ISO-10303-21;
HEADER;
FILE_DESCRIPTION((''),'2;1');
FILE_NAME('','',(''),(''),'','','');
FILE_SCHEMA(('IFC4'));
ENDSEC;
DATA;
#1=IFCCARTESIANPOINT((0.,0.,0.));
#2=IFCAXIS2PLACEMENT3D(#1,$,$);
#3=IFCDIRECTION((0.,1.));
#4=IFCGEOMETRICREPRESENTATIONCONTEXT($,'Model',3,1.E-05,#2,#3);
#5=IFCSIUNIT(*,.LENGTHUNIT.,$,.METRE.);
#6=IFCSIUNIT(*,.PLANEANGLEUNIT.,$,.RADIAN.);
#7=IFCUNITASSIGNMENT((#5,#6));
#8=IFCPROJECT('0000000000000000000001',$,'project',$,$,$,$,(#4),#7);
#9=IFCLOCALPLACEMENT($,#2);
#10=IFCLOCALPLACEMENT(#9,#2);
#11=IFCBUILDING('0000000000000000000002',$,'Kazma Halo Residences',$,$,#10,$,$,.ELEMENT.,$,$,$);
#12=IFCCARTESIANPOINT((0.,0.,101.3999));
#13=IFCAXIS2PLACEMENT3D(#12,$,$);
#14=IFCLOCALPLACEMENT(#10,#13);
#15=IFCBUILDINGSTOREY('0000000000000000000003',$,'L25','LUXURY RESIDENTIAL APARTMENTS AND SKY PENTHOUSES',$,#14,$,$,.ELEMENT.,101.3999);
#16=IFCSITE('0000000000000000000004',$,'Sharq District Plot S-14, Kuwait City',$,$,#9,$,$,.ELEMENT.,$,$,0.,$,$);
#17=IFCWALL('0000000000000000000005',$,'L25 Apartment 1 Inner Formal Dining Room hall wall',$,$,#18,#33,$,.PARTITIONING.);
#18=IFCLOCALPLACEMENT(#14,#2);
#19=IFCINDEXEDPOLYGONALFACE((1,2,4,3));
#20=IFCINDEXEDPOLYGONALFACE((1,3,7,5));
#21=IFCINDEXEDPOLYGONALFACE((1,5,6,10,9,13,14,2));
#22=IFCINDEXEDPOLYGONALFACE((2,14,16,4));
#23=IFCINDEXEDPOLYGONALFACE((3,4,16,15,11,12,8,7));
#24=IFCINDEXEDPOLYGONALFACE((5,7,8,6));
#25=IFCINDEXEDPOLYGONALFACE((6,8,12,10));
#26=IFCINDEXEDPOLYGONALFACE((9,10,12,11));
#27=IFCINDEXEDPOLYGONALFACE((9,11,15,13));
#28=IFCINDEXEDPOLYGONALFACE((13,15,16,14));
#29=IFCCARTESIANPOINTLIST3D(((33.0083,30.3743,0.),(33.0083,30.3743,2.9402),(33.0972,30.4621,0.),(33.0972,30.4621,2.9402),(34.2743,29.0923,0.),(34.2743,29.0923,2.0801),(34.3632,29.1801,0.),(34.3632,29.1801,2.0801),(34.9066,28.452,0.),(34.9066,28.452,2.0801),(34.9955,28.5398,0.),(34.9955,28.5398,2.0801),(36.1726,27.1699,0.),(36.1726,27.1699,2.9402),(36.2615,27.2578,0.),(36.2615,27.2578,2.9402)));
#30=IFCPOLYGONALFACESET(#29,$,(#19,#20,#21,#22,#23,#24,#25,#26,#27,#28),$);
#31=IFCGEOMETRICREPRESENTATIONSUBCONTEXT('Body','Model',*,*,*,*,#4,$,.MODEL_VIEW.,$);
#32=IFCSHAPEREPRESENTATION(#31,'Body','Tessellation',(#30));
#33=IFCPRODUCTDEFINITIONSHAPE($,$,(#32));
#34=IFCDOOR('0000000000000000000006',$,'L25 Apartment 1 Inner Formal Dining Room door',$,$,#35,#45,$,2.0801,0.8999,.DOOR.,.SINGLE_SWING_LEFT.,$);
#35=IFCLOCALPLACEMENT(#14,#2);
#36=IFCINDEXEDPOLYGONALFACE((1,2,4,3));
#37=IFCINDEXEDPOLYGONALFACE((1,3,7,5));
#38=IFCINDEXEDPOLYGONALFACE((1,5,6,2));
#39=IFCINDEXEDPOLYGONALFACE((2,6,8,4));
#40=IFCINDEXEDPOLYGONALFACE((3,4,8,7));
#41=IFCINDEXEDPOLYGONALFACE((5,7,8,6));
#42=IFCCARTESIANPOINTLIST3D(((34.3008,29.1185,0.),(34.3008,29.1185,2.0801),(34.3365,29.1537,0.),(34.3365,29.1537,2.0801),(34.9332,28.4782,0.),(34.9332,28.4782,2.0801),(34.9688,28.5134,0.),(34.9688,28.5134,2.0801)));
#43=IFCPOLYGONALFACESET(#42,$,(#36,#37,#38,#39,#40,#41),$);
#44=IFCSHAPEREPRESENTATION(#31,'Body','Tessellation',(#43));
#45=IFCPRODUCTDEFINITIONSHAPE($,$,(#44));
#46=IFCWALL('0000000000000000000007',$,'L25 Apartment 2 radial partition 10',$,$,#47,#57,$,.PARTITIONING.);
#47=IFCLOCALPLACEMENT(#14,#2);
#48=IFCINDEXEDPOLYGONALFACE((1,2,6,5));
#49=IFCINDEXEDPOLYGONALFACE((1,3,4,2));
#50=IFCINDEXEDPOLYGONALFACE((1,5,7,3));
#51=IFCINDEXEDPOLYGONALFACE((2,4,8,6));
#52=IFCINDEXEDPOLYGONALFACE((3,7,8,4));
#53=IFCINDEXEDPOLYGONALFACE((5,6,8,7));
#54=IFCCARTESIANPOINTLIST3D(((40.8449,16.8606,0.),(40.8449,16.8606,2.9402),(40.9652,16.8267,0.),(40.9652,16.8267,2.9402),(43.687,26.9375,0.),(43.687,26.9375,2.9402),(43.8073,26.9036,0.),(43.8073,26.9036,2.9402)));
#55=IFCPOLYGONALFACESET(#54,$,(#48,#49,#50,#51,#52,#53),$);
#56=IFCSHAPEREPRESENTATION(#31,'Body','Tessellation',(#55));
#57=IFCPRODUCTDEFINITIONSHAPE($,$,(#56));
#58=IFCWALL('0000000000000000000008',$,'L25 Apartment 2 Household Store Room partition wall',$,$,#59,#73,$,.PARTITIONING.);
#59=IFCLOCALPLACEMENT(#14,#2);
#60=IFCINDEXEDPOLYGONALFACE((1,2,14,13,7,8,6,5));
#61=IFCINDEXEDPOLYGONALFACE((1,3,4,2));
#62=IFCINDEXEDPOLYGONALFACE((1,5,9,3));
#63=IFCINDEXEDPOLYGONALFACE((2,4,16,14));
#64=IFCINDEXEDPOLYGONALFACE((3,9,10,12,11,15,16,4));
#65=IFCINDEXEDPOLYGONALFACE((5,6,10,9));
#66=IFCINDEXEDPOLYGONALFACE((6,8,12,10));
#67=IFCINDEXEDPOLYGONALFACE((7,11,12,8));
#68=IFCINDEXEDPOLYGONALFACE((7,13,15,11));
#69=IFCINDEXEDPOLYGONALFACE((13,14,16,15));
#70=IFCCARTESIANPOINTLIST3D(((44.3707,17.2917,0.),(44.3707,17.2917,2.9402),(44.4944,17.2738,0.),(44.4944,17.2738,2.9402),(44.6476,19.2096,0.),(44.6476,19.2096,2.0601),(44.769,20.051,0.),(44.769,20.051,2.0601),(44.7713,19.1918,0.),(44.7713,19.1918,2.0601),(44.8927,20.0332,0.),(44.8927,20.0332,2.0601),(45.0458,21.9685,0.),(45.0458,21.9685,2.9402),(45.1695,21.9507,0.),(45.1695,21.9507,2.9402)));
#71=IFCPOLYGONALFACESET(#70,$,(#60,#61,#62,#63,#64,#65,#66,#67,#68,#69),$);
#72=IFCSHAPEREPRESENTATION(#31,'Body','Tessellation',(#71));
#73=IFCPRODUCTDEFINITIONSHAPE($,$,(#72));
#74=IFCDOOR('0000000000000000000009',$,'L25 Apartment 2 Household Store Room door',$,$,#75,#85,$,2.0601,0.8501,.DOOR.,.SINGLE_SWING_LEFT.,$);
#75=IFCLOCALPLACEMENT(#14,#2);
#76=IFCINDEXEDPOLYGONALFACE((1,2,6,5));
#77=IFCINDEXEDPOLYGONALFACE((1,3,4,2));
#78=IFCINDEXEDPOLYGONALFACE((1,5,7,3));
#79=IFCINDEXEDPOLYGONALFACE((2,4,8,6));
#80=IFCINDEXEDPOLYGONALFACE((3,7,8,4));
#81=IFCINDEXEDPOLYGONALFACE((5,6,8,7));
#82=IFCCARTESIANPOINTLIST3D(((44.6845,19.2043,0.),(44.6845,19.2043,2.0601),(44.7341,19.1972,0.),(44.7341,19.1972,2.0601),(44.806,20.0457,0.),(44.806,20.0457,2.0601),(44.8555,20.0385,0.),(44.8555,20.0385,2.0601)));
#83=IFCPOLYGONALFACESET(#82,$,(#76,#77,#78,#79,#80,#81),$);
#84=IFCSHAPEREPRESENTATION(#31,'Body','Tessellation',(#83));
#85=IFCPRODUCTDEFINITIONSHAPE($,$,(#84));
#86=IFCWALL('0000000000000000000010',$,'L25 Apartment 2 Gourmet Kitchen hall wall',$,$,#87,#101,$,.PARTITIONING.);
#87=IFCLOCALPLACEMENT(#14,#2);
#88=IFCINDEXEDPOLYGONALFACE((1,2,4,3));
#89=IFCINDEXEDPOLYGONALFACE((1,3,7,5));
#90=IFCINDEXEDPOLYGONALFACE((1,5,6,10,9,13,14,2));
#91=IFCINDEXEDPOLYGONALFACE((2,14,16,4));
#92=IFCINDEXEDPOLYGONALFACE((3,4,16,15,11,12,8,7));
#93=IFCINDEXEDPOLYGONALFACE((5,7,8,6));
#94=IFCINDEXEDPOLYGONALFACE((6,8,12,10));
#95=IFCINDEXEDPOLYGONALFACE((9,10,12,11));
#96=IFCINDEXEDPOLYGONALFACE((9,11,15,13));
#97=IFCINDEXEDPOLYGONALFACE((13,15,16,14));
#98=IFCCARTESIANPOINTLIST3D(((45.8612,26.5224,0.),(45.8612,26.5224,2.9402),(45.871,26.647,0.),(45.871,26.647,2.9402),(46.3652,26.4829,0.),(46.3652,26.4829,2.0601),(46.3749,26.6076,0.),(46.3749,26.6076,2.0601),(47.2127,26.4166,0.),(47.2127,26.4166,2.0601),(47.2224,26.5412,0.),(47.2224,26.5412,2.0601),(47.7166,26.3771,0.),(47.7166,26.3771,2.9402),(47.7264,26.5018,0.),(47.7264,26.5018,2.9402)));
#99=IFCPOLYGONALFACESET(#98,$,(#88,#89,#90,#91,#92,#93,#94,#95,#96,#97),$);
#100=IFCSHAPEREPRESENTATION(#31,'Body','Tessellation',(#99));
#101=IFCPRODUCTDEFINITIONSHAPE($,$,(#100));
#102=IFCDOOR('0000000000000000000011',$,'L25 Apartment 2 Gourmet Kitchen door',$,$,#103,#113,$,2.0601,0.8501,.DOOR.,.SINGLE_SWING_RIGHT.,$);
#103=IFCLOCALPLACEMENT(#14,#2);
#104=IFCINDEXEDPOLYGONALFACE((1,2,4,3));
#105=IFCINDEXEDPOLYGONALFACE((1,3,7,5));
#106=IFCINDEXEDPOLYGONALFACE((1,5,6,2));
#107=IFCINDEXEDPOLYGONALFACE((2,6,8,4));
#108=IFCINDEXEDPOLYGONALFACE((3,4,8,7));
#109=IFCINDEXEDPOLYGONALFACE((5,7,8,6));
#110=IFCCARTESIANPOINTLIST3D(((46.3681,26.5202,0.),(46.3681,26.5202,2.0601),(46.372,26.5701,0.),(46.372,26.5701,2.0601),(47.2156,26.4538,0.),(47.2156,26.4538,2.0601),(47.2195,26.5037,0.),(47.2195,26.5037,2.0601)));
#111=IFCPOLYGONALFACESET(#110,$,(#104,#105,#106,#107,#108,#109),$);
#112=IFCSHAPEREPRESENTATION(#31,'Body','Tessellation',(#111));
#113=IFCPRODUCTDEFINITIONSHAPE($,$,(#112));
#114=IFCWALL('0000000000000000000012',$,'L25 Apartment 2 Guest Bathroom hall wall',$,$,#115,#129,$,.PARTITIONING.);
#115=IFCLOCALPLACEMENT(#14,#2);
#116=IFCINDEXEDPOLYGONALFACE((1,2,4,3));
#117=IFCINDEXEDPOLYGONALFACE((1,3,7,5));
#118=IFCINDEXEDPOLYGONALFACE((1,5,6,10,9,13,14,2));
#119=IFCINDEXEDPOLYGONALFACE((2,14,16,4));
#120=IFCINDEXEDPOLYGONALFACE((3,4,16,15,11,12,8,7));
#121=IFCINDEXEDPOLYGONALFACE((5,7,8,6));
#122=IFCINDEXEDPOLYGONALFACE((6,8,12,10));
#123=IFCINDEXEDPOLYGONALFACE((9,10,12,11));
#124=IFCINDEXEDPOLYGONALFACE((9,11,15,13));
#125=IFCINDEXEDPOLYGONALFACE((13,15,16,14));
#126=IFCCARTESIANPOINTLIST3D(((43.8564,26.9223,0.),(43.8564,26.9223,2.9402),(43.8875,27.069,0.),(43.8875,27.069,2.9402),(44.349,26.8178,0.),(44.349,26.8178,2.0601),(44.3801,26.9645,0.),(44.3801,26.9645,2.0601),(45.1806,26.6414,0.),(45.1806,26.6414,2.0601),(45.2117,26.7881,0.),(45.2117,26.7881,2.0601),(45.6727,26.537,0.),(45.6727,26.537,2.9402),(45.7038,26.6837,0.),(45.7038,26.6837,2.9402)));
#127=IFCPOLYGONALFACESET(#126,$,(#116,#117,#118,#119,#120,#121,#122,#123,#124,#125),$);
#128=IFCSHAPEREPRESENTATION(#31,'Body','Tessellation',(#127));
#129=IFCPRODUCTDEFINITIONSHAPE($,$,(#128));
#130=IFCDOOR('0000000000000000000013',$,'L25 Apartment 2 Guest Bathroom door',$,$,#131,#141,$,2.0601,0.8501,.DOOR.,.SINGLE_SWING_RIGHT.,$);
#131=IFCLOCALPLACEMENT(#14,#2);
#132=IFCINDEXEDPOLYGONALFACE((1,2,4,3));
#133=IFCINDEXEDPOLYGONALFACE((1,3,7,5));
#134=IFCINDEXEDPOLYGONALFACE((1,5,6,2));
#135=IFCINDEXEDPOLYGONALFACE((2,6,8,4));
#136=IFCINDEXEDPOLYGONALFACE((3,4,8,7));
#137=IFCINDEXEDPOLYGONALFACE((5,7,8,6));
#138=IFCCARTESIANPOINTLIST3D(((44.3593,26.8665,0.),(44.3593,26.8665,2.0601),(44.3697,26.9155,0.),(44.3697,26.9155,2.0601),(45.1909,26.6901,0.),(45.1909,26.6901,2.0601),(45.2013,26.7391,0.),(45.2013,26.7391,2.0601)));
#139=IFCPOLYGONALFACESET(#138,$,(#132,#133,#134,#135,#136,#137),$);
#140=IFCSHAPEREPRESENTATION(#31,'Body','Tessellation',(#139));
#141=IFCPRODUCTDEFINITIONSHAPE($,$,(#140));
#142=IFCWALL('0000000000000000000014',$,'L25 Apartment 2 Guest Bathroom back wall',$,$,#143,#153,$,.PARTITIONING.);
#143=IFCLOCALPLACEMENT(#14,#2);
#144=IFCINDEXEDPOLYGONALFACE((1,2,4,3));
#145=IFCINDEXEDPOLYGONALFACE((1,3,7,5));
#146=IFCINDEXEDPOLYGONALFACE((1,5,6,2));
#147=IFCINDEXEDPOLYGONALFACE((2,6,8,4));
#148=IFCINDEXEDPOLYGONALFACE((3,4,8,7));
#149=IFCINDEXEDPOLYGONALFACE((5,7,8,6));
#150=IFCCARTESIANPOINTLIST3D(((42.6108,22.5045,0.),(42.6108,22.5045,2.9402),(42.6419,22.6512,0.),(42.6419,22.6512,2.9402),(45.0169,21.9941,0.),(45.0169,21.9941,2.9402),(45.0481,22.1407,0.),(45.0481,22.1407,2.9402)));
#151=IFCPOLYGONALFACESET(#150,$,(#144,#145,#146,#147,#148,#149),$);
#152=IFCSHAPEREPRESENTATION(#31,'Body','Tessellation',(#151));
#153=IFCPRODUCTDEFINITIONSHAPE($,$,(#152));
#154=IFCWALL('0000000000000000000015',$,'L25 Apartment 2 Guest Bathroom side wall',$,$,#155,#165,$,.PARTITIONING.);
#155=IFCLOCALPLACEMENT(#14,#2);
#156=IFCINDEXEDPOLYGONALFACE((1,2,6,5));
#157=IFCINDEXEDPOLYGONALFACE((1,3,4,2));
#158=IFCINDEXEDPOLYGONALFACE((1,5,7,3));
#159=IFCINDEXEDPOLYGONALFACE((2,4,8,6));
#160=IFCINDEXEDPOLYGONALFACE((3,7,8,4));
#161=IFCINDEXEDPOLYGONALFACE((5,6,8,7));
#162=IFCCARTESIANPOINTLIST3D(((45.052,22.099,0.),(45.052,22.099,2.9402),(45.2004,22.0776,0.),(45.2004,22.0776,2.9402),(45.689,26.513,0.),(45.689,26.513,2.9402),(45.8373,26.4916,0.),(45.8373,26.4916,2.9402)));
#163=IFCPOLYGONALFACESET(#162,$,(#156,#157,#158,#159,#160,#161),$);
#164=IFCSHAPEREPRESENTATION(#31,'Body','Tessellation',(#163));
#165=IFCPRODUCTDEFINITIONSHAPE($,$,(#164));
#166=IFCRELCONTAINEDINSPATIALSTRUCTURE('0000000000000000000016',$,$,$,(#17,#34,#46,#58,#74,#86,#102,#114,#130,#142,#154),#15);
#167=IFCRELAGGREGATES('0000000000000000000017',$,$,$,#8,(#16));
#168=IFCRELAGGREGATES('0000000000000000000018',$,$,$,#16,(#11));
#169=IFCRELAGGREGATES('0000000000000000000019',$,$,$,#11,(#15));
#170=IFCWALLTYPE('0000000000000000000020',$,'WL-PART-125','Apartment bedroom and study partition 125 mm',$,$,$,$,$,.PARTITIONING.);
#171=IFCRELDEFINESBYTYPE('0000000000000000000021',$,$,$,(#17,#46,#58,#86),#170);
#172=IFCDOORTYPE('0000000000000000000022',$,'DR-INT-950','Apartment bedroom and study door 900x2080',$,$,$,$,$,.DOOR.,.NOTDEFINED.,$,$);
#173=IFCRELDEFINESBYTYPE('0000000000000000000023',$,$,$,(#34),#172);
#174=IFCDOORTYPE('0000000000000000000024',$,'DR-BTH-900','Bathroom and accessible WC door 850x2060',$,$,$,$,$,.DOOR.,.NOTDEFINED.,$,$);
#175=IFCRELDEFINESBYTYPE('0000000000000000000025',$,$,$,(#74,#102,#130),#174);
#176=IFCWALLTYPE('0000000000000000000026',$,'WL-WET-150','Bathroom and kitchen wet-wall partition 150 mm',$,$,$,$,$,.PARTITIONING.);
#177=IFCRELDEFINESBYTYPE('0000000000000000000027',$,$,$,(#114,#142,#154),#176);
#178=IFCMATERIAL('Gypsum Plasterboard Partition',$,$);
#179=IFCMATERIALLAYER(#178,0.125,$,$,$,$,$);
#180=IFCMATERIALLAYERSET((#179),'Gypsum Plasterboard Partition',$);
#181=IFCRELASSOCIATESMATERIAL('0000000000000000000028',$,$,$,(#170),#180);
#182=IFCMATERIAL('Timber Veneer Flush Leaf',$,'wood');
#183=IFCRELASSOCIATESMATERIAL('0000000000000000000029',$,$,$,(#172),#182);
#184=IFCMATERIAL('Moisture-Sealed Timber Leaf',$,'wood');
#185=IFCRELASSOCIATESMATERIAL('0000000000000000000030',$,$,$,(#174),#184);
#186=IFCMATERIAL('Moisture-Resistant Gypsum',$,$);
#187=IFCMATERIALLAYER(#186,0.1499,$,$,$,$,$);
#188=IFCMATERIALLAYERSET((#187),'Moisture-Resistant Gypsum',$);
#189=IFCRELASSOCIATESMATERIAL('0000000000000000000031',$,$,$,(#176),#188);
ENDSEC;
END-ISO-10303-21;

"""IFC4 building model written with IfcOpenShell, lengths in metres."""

from ifc_helpers import new_model, si_unit, direction, frame, frame_2d, origin, place, context, subcontext, project, spatial, rectangle, extrude, material, layer, layer_set, type_object, element, fill, save


model = new_model("IFC4")

# Units and contexts
model_context = context("Model", 3, precision=1e-05, world=origin(), true_north=direction((0.0, 1.0)))
body_context = subcontext(model_context, "Body", "Model", "MODEL_VIEW")
ifc_project = project(units=[si_unit("LENGTHUNIT", "METRE"), si_unit("PLANEANGLEUNIT", "RADIAN")], contexts=[model_context])

# Site, building, storey
site_placement = place(None, origin())
site = spatial("IfcSite", under=ifc_project, at=site_placement, Name="Sharq District Plot S-14, Kuwait City", CompositionType="ELEMENT", RefElevation=0.0)
building_placement = place(site_placement, origin())
building = spatial("IfcBuilding", under=site, at=building_placement, Name="Kazma Halo Residences", CompositionType="ELEMENT")
storey_placement = place(building_placement, frame((0.0, 0.0, 101.3999)))
storey = spatial("IfcBuildingStorey", under=building, at=storey_placement, Name="L25", Description="LUXURY RESIDENTIAL APARTMENTS AND SKY PENTHOUSES", CompositionType="ELEMENT", Elevation=101.3999)

# Shared definitions
ifc_material_1 = material(Name="Gypsum Plasterboard Partition")
ifc_layer_1 = layer(ifc_material_1, 0.125)
ifc_layer_set_1 = layer_set([ifc_layer_1], Name="Gypsum Plasterboard Partition")
wall_type_1 = type_object("IfcWallType", Name="WL-PART-125", Description="Apartment bedroom and study partition 125 mm", PredefinedType="PARTITIONING", material=ifc_layer_set_1)

# Wall, opening, door
wall_1_placement = place(storey_placement, frame((33.0527, 30.4182, 0.0), z_axis=(0.0, 0.0, 1.0), x_axis=(0.702647, -0.711538, 0.0)))
wall_1 = element("IfcWall", 1, at=wall_1_placement, inside=storey, type_object=wall_type_1, Name="L25 Apartment 1 Inner Formal Dining Room hall wall", PredefinedType="PARTITIONING", context=body_context, shape_type="SweptSolid", body=[
    extrude(rectangle(XDim=4.5034, YDim=0.125, at=frame_2d((2.2517, 0.0))), origin(), (0.0, 0.0, 1.0), 2.9402),
])
opening_1_placement = place(wall_1_placement, frame((1.8018, 0.0, 0.0)))
opening_1 = element("IfcOpeningElement", 2, at=opening_1_placement, cuts=wall_1, PredefinedType="OPENING", context=body_context, shape_type="SweptSolid", body=[
    extrude(rectangle(XDim=0.8999, YDim=2.0801, at=frame_2d((0.45, 1.04))), frame((0.0, 0.0725, 0.0), z_axis=(0.0, -1.0, 0.0), x_axis=(1.0, 0.0, 0.0)), (0.0, 0.0, 1.0), 0.145),
])
ifc_material_2 = material(Name="Timber Veneer Flush Leaf", Category="wood")
door_type_1 = type_object("IfcDoorType", Name="DR-INT-950", Description="Apartment bedroom and study door 900x2080", OperationType="NOTDEFINED", PredefinedType="DOOR", material=ifc_material_2)
door_1_placement = place(opening_1_placement, origin())
door_1 = element("IfcDoor", 3, at=door_1_placement, inside=storey, type_object=door_type_1, Name="L25 Apartment 1 Inner Formal Dining Room door", OperationType="SINGLE_SWING_LEFT", OverallHeight=2.0801, OverallWidth=0.8999, PredefinedType="DOOR", context=body_context, shape_type="SweptSolid", body=[
    extrude(rectangle(XDim=0.8999, YDim=2.0801, at=frame_2d((0.45, 1.04))), frame((0.0, 0.0249, 0.0), z_axis=(0.0, -1.0, 0.0), x_axis=(1.0, 0.0, 0.0)), (0.0, 0.0, 1.0), 0.05),
])
fill(opening_1, door_1)

# Wall
wall_2_placement = place(storey_placement, frame((43.7471, 26.9204, 0.0), z_axis=(0.0, 0.0, 1.0), x_axis=(-0.271446, -0.962454, 0.0)))
element("IfcWall", 4, at=wall_2_placement, inside=storey, type_object=wall_type_1, Name="L25 Apartment 2 radial partition 10", PredefinedType="PARTITIONING", context=body_context, shape_type="SweptSolid", body=[
    extrude(rectangle(XDim=10.47, YDim=0.125, at=frame_2d((5.2349, 0.0))), origin(), (0.0, 0.0, 1.0), 2.9402),
])

# Walls, openings, doors
wall_3_placement = place(storey_placement, frame((45.1077, 21.9597, 0.0), z_axis=(0.0, 0.0, 1.0), x_axis=(-0.142861, -0.989743, 0.0)))
wall_3 = element("IfcWall", 5, at=wall_3_placement, inside=storey, type_object=wall_type_1, Name="L25 Apartment 2 Household Store Room partition wall", PredefinedType="PARTITIONING", context=body_context, shape_type="SweptSolid", body=[
    extrude(rectangle(XDim=4.7253, YDim=0.125, at=frame_2d((2.3628, 0.0))), origin(), (0.0, 0.0, 1.0), 2.9402),
])
opening_2_placement = place(wall_3_placement, frame((1.9375, 0.0, 0.0)))
opening_2 = element("IfcOpeningElement", 6, at=opening_2_placement, cuts=wall_3, PredefinedType="OPENING", context=body_context, shape_type="SweptSolid", body=[
    extrude(rectangle(XDim=0.8501, YDim=2.0601, at=frame_2d((0.425, 1.03))), frame((0.0, 0.0725, 0.0), z_axis=(0.0, -1.0, 0.0), x_axis=(1.0, 0.0, 0.0)), (0.0, 0.0, 1.0), 0.145),
])
ifc_material_3 = material(Name="Moisture-Sealed Timber Leaf", Category="wood")
door_type_2 = type_object("IfcDoorType", Name="DR-BTH-900", Description="Bathroom and accessible WC door 850x2060", OperationType="NOTDEFINED", PredefinedType="DOOR", material=ifc_material_3)
door_2_placement = place(opening_2_placement, origin())
door_2 = element("IfcDoor", 7, at=door_2_placement, inside=storey, type_object=door_type_2, Name="L25 Apartment 2 Household Store Room door", OperationType="SINGLE_SWING_LEFT", OverallHeight=2.0601, OverallWidth=0.8501, PredefinedType="DOOR", context=body_context, shape_type="SweptSolid", body=[
    extrude(rectangle(XDim=0.8501, YDim=2.0601, at=frame_2d((0.425, 1.03))), frame((0.0, 0.0249, 0.0), z_axis=(0.0, -1.0, 0.0), x_axis=(1.0, 0.0, 0.0)), (0.0, 0.0, 1.0), 0.05),
])
fill(opening_2, door_2)
wall_4_placement = place(storey_placement, frame((45.866, 26.5847, 0.0), z_axis=(0.0, 0.0, 1.0), x_axis=(0.996949, -0.078051, 0.0)))
wall_4 = element("IfcWall", 8, at=wall_4_placement, inside=storey, type_object=wall_type_1, Name="L25 Apartment 2 Gourmet Kitchen hall wall", PredefinedType="PARTITIONING", context=body_context, shape_type="SweptSolid", body=[
    extrude(rectangle(XDim=1.8611, YDim=0.125, at=frame_2d((0.9307, 0.0))), origin(), (0.0, 0.0, 1.0), 2.9402),
])
opening_3_placement = place(wall_4_placement, frame((0.5056, 0.0, 0.0)))
opening_3 = element("IfcOpeningElement", 9, at=opening_3_placement, cuts=wall_4, PredefinedType="OPENING", context=body_context, shape_type="SweptSolid", body=[
    extrude(rectangle(XDim=0.8501, YDim=2.0601, at=frame_2d((0.425, 1.03))), frame((0.0, 0.0725, 0.0), z_axis=(0.0, -1.0, 0.0), x_axis=(1.0, 0.0, 0.0)), (0.0, 0.0, 1.0), 0.145),
])
door_3_placement = place(opening_3_placement, origin())
door_3 = element("IfcDoor", 10, at=door_3_placement, inside=storey, type_object=door_type_2, Name="L25 Apartment 2 Gourmet Kitchen door", OperationType="SINGLE_SWING_RIGHT", OverallHeight=2.0601, OverallWidth=0.8501, PredefinedType="DOOR", context=body_context, shape_type="SweptSolid", body=[
    extrude(rectangle(XDim=0.8501, YDim=2.0601, at=frame_2d((0.425, 1.03))), frame((0.0, 0.0249, 0.0), z_axis=(0.0, -1.0, 0.0), x_axis=(1.0, 0.0, 0.0)), (0.0, 0.0, 1.0), 0.05),
])
fill(opening_3, door_3)
ifc_material_4 = material(Name="Moisture-Resistant Gypsum")
ifc_layer_2 = layer(ifc_material_4, 0.1499)
ifc_layer_set_2 = layer_set([ifc_layer_2], Name="Moisture-Resistant Gypsum")
wall_type_2 = type_object("IfcWallType", Name="WL-WET-150", Description="Bathroom and kitchen wet-wall partition 150 mm", PredefinedType="PARTITIONING", material=ifc_layer_set_2)
wall_5_placement = place(storey_placement, frame((43.8721, 26.9956, 0.0), z_axis=(0.0, 0.0, 1.0), x_axis=(0.978233, -0.207508, 0.0)))
wall_5 = element("IfcWall", 11, at=wall_5_placement, inside=storey, type_object=wall_type_2, Name="L25 Apartment 2 Guest Bathroom hall wall", PredefinedType="PARTITIONING", context=body_context, shape_type="SweptSolid", body=[
    extrude(rectangle(XDim=1.8567, YDim=0.1499, at=frame_2d((0.9282, 0.0))), origin(), (0.0, 0.0, 1.0), 2.9402),
])
opening_4_placement = place(wall_5_placement, frame((0.5034, 0.0, 0.0)))
opening_4 = element("IfcOpeningElement", 12, at=opening_4_placement, cuts=wall_5, PredefinedType="OPENING", context=body_context, shape_type="SweptSolid", body=[
    extrude(rectangle(XDim=0.8501, YDim=2.0601, at=frame_2d((0.425, 1.03))), frame((0.0, 0.085, 0.0), z_axis=(0.0, -1.0, 0.0), x_axis=(1.0, 0.0, 0.0)), (0.0, 0.0, 1.0), 0.1699),
])
door_4_placement = place(opening_4_placement, origin())
door_4 = element("IfcDoor", 13, at=door_4_placement, inside=storey, type_object=door_type_2, Name="L25 Apartment 2 Guest Bathroom door", OperationType="SINGLE_SWING_RIGHT", OverallHeight=2.0601, OverallWidth=0.8501, PredefinedType="DOOR", context=body_context, shape_type="SweptSolid", body=[
    extrude(rectangle(XDim=0.8501, YDim=2.0601, at=frame_2d((0.425, 1.03))), frame((0.0, 0.0249, 0.0), z_axis=(0.0, -1.0, 0.0), x_axis=(1.0, 0.0, 0.0)), (0.0, 0.0, 1.0), 0.05),
])
fill(opening_4, door_4)

# Walls
wall_6_placement = place(storey_placement, frame((42.6262, 22.5779, 0.0), z_axis=(0.0, 0.0, 1.0), x_axis=(0.978227, -0.207536, 0.0)))
element("IfcWall", 14, at=wall_6_placement, inside=storey, type_object=wall_type_2, Name="L25 Apartment 2 Guest Bathroom back wall", PredefinedType="PARTITIONING", context=body_context, shape_type="SweptSolid", body=[
    extrude(rectangle(XDim=2.4597, YDim=0.1499, at=frame_2d((1.23, 0.0))), origin(), (0.0, 0.0, 1.0), 2.9402),
])
wall_7_placement = place(storey_placement, frame((45.7632, 26.5024, 0.0), z_axis=(0.0, 0.0, 1.0), x_axis=(-0.142824, -0.989748, 0.0)))
element("IfcWall", 15, at=wall_7_placement, inside=storey, type_object=wall_type_2, Name="L25 Apartment 2 Guest Bathroom side wall", PredefinedType="PARTITIONING", context=body_context, shape_type="SweptSolid", body=[
    extrude(rectangle(XDim=4.4597, YDim=0.1499, at=frame_2d((2.23, 0.0))), origin(), (0.0, 0.0, 1.0), 2.9402),
])

save(model, "model.ifc")
